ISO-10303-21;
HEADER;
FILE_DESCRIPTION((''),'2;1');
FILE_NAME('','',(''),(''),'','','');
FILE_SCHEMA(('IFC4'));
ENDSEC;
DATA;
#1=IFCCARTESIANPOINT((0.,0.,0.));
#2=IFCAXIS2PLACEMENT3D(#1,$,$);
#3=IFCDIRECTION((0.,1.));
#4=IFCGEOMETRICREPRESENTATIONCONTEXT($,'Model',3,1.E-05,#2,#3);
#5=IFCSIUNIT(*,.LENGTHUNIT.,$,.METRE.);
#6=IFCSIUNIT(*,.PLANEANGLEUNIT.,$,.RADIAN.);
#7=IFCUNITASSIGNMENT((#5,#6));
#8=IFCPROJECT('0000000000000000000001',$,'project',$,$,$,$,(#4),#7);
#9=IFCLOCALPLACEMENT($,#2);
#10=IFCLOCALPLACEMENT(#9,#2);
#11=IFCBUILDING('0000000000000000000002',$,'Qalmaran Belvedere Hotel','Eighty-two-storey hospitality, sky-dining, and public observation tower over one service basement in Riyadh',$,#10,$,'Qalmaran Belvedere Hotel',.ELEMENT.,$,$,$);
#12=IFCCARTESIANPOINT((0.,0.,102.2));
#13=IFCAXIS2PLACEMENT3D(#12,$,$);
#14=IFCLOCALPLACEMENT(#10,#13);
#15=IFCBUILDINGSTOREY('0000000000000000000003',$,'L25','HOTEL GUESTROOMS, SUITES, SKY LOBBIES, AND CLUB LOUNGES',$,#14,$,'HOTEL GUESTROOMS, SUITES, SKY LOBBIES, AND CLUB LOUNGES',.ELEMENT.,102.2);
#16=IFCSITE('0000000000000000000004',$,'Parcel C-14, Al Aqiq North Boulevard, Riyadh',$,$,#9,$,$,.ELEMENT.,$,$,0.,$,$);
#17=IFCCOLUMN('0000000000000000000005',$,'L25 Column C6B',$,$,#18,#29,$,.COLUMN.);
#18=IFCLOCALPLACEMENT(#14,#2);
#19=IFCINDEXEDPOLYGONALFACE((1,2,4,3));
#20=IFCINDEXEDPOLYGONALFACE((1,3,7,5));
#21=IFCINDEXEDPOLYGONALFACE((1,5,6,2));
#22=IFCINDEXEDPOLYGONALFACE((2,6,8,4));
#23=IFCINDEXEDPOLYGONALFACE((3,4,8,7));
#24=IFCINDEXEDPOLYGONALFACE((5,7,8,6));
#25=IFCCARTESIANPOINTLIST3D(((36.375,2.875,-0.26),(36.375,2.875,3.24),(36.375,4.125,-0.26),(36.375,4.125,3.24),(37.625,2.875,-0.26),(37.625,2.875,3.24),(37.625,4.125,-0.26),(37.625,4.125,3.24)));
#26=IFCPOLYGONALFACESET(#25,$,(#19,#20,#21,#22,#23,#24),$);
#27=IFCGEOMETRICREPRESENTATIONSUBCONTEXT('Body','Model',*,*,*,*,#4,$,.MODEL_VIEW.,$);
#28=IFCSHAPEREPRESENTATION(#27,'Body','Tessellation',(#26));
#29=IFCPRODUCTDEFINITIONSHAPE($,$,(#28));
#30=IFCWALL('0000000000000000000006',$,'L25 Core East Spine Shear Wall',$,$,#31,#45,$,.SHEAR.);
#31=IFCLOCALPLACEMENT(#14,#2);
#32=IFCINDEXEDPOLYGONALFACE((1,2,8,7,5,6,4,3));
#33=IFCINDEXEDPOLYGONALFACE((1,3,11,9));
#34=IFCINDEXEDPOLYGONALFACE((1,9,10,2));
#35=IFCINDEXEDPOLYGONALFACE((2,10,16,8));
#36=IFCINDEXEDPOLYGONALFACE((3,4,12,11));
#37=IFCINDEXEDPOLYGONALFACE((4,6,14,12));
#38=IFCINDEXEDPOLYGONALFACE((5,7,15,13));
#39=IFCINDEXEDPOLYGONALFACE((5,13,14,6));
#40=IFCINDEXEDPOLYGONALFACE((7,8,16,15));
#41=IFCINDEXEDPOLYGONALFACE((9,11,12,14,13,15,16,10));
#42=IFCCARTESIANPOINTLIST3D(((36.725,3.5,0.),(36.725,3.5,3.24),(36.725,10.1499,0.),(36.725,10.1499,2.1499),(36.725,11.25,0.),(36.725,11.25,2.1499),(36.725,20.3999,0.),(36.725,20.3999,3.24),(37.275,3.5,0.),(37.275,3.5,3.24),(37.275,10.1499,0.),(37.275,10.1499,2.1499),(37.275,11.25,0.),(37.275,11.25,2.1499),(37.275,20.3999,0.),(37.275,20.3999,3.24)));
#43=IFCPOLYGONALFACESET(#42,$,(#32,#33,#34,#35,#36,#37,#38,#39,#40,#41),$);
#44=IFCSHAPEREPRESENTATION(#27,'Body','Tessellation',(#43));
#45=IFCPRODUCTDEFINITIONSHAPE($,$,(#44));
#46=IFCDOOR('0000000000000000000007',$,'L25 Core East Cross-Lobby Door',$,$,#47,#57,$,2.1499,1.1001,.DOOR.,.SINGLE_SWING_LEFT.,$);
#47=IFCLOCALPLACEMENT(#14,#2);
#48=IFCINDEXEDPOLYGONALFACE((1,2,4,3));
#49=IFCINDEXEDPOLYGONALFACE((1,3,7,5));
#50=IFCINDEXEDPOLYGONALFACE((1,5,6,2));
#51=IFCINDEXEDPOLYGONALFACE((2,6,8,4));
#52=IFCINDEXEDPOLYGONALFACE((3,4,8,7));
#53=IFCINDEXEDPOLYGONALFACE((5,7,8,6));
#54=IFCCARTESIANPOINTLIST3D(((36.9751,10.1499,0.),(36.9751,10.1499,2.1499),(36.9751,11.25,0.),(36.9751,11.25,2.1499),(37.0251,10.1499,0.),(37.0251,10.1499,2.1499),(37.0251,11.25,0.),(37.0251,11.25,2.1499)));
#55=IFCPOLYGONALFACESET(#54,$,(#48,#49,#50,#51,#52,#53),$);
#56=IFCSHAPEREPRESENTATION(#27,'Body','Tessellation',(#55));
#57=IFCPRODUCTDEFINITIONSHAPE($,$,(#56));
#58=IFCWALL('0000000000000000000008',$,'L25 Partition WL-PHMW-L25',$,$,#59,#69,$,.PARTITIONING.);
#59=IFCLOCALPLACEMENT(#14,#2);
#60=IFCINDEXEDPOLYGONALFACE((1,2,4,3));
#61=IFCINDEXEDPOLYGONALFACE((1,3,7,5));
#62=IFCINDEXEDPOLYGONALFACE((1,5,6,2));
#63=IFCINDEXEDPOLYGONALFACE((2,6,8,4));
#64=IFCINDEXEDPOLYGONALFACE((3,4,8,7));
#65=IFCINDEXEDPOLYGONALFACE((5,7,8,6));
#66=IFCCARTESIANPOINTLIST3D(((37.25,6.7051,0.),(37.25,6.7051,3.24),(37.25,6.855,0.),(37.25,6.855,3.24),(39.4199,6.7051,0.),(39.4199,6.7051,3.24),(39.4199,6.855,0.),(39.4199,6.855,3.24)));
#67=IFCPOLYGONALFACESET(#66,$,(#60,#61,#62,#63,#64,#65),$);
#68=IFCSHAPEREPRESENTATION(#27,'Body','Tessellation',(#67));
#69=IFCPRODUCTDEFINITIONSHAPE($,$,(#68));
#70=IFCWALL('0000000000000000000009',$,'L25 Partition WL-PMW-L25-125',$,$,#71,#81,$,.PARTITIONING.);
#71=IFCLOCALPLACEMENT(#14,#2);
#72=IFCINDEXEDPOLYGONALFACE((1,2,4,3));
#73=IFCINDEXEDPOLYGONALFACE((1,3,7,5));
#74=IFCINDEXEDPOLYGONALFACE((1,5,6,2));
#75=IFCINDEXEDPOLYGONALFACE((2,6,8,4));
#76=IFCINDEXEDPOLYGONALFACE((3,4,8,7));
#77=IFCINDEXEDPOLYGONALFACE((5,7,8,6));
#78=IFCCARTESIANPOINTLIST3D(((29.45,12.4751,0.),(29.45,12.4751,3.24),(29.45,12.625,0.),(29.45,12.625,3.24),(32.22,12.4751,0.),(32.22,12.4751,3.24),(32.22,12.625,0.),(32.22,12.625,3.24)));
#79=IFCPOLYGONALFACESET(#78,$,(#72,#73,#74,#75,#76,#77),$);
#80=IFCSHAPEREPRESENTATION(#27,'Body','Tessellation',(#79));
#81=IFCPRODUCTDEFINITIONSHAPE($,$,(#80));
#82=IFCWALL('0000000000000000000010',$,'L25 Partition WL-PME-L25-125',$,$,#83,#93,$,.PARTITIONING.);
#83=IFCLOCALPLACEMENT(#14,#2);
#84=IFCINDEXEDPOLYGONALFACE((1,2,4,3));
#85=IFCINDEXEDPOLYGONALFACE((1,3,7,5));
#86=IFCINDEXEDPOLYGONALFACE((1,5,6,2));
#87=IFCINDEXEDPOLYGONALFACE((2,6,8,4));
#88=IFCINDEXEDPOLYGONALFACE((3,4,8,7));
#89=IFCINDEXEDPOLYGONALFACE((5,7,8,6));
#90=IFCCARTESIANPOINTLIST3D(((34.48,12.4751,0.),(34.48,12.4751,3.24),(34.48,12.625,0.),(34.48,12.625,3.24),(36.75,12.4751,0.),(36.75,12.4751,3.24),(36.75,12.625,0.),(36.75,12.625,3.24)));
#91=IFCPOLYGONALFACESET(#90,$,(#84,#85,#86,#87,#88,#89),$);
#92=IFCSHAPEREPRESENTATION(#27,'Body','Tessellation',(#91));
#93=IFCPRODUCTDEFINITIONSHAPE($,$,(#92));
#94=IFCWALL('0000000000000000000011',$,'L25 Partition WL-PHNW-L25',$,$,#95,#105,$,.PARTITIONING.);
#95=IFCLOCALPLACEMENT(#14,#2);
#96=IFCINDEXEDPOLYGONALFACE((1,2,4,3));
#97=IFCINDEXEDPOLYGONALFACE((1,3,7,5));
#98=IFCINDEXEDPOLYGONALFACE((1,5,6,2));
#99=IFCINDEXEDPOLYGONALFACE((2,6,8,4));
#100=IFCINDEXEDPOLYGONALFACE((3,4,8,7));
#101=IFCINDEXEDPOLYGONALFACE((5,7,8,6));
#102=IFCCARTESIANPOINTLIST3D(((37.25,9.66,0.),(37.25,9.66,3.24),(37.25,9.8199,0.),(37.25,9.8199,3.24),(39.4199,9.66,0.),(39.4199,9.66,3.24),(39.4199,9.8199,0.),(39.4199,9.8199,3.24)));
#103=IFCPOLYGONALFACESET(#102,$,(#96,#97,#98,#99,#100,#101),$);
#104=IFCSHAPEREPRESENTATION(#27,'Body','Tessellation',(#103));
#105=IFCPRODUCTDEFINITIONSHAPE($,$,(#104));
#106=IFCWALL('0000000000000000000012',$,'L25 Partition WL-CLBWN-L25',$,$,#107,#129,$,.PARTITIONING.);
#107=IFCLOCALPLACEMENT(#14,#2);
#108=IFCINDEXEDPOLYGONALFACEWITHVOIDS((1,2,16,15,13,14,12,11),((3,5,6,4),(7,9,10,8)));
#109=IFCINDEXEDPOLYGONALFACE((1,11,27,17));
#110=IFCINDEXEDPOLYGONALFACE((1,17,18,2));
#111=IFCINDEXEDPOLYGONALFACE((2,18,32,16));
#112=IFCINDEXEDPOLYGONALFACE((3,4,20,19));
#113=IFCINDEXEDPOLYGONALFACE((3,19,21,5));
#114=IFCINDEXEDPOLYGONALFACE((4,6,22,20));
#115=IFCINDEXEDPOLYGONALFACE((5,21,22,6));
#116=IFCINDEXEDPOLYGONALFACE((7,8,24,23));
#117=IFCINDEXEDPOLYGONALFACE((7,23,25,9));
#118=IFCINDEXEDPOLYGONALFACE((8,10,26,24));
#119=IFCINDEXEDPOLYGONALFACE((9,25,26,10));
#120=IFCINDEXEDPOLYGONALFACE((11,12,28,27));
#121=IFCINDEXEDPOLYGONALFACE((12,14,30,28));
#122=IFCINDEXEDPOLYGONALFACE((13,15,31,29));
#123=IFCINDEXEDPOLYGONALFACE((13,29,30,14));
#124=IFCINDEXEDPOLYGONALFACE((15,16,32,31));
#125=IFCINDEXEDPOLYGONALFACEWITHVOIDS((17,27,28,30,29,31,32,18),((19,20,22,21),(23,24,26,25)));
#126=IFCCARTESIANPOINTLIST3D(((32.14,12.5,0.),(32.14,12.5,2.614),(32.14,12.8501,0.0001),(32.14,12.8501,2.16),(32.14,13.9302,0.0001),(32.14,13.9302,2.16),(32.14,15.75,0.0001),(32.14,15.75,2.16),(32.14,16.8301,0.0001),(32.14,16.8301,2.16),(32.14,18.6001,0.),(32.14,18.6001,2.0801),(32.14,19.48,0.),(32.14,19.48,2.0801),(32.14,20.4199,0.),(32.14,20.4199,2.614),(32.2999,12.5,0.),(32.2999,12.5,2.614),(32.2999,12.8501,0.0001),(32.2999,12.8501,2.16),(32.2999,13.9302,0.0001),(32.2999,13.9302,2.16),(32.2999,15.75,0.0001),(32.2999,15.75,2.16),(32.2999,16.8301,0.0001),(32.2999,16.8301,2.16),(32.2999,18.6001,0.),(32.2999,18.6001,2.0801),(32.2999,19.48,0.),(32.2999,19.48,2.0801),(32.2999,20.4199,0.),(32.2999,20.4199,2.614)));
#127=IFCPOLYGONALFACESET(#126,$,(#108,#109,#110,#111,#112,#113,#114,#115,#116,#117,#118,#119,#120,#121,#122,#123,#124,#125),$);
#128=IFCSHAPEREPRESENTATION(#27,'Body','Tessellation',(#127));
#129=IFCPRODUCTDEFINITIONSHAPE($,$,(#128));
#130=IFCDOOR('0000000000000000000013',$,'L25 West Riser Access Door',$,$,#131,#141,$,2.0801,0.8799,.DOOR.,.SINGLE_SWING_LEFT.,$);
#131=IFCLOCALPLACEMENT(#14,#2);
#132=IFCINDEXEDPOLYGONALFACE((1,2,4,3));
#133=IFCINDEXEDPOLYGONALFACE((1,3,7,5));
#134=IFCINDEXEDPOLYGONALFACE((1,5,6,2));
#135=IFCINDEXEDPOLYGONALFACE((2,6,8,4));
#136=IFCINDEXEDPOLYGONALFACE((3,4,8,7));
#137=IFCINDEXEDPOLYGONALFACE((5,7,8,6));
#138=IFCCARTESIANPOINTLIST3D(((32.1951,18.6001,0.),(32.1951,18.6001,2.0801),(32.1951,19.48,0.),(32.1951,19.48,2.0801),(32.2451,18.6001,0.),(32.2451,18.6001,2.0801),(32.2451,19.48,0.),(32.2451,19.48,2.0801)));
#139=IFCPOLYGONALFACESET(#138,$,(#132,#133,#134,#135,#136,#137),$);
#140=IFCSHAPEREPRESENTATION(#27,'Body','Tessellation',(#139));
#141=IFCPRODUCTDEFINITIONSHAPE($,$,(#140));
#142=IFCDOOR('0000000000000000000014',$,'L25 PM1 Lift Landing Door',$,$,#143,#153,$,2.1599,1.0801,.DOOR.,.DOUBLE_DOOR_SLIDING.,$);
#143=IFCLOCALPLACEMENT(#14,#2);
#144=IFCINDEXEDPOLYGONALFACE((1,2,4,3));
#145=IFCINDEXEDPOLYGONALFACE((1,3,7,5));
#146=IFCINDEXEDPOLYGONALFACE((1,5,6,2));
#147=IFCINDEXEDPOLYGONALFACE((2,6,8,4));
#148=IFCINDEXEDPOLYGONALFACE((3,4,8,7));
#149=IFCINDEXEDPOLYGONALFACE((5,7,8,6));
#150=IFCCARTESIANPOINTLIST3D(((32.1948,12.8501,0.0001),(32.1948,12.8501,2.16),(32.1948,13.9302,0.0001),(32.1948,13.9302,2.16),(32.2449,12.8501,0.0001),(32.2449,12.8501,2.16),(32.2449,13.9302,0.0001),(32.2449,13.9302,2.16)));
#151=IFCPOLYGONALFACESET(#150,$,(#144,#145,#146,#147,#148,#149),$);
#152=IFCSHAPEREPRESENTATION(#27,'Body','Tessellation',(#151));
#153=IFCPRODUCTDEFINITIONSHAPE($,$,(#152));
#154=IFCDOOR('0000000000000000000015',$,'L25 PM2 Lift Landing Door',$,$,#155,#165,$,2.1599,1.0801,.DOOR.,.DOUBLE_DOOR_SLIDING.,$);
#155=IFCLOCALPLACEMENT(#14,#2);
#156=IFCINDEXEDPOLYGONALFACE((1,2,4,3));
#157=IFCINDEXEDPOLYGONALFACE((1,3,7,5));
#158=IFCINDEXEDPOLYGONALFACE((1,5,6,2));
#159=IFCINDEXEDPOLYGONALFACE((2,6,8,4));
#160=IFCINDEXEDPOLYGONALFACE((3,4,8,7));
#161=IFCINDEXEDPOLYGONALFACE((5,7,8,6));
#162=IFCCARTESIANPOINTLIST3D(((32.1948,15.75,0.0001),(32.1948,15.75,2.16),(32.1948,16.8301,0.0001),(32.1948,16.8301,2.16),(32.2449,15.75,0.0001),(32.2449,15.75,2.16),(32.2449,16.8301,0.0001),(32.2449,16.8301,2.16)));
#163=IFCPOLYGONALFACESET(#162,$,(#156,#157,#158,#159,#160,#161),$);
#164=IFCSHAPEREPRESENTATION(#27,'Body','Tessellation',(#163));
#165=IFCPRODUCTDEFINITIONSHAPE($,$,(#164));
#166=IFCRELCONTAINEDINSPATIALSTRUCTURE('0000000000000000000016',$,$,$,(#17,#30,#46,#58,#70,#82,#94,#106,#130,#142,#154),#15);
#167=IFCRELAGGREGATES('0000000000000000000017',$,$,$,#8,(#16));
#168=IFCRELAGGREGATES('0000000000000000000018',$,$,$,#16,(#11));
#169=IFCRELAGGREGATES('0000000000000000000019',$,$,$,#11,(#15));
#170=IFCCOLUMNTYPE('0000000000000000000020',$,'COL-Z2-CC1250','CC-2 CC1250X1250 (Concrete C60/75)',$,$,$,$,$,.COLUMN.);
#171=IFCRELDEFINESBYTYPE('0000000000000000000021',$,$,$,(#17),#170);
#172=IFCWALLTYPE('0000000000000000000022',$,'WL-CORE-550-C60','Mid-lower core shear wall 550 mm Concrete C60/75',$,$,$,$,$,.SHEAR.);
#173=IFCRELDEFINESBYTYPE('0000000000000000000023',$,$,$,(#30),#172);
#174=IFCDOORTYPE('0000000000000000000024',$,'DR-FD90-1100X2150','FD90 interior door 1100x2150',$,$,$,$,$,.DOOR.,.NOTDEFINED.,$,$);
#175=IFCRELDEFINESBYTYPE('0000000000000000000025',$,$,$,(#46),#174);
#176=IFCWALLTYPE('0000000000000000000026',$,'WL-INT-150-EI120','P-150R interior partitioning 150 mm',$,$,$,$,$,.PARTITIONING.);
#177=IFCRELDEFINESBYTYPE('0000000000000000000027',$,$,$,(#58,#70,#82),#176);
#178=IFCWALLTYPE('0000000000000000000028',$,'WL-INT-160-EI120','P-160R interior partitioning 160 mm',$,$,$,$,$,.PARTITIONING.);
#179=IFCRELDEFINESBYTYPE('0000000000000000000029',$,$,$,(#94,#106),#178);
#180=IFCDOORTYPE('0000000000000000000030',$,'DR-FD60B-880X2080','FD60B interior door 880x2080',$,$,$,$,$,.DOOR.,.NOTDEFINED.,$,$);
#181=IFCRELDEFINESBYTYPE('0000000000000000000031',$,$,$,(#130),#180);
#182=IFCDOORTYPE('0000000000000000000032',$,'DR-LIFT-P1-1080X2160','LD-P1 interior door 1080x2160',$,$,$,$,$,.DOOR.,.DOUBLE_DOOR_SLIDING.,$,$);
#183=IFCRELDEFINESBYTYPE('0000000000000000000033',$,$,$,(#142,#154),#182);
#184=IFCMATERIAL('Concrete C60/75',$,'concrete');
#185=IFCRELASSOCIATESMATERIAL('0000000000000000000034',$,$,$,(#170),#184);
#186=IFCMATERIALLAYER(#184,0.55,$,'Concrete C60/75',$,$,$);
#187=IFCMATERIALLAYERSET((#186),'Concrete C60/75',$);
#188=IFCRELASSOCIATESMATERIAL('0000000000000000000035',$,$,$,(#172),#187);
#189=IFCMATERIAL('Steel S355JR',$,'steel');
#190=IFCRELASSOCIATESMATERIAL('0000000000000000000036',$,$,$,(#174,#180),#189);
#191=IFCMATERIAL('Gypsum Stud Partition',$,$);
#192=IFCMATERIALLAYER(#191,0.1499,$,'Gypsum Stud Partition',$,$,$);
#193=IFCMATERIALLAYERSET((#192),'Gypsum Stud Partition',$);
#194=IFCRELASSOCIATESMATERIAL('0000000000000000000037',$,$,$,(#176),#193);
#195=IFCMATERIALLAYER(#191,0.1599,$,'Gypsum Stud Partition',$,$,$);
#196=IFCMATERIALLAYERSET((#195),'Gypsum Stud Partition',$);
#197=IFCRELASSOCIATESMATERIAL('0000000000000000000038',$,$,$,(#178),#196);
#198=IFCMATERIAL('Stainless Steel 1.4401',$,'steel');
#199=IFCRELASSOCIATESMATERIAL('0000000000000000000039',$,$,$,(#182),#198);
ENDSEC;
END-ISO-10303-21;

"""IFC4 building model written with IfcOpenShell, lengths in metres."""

from ifc_helpers import new_model, si_unit, direction, frame, frame_2d, origin, origin_2d, place, context, subcontext, project, spatial, rectangle, extrude, material, layer, layer_set, material_profile, profile_set, type_object, element, fill, save


model = new_model("IFC4")

# Units and contexts
model_context = context("Model", 3, precision=1e-05, world=origin(), true_north=direction((0.0, 1.0)))
body_context = subcontext(model_context, "Body", "Model", "MODEL_VIEW")
ifc_project = project(units=[si_unit("LENGTHUNIT", "METRE"), si_unit("PLANEANGLEUNIT", "RADIAN")], contexts=[model_context])

# Site, building, storey
site_placement = place(None, origin())
site = spatial("IfcSite", under=ifc_project, at=site_placement, Name="Parcel C-14, Al Aqiq North Boulevard, Riyadh", CompositionType="ELEMENT", RefElevation=0.0)
building_placement = place(site_placement, origin())
building = spatial("IfcBuilding", under=site, at=building_placement, Name="Qalmaran Belvedere Hotel", Description="Eighty-two-storey hospitality, sky-dining, and public observation tower over one service basement in Riyadh", LongName="Qalmaran Belvedere Hotel", CompositionType="ELEMENT")
storey_placement = place(building_placement, frame((0.0, 0.0, 102.2)))
storey = spatial("IfcBuildingStorey", under=building, at=storey_placement, Name="L25", Description="HOTEL GUESTROOMS, SUITES, SKY LOBBIES, AND CLUB LOUNGES", LongName="HOTEL GUESTROOMS, SUITES, SKY LOBBIES, AND CLUB LOUNGES", CompositionType="ELEMENT", Elevation=102.2)

# Column
ifc_material_1 = material(Name="Concrete C60/75", Category="concrete")
ifc_material_profile = material_profile(ifc_material_1, rectangle(XDim=1.25, YDim=1.25, at=origin_2d()), Name="CC1250X1250")
ifc_profile_set = profile_set([ifc_material_profile], Name="Concrete C60/75")
column_type = type_object("IfcColumnType", Name="COL-Z2-CC1250", Description="CC-2 CC1250X1250 (Concrete C60/75)", PredefinedType="COLUMN", material=ifc_profile_set)
column_placement = place(storey_placement, frame((37.0, 3.5, -0.26), z_axis=(0.0, 0.0, 1.0), x_axis=(1.0, 0.0, 0.0)))
element("IfcColumn", 1, at=column_placement, inside=storey, type_object=column_type, Name="L25 Column C6B", PredefinedType="COLUMN", context=body_context, shape_type="SweptSolid", body=[
    extrude(rectangle(XDim=1.25, YDim=1.25, at=origin_2d()), origin(), (0.0, 0.0, 1.0), 3.5),
])

# Wall, opening, door
ifc_layer_1 = layer(ifc_material_1, 0.55, Name="Concrete C60/75")
ifc_layer_set_1 = layer_set([ifc_layer_1], Name="Concrete C60/75")
wall_type_1 = type_object("IfcWallType", Name="WL-CORE-550-C60", Description="Mid-lower core shear wall 550 mm Concrete C60/75", PredefinedType="SHEAR", material=ifc_layer_set_1)
wall_1_placement = place(storey_placement, frame((37.0, 3.5, 0.0), z_axis=(0.0, 0.0, 1.0), x_axis=(0.0, 1.0, 0.0)))
wall_1 = element("IfcWall", 2, at=wall_1_placement, inside=storey, type_object=wall_type_1, Name="L25 Core East Spine Shear Wall", PredefinedType="SHEAR", context=body_context, shape_type="SweptSolid", body=[
    extrude(rectangle(XDim=16.8999, YDim=0.55, at=frame_2d((8.45, 0.0))), origin(), (0.0, 0.0, 1.0), 3.24),
])
opening_1_placement = place(wall_1_placement, frame((6.6499, 0.0, 0.0)))
opening_1 = element("IfcOpeningElement", 3, at=opening_1_placement, cuts=wall_1, PredefinedType="OPENING", context=body_context, shape_type="SweptSolid", body=[
    extrude(rectangle(XDim=1.1001, YDim=2.1499, at=frame_2d((0.55, 1.075))), frame((0.0, 0.2852, 0.0), z_axis=(0.0, -1.0, 0.0), x_axis=(1.0, 0.0, 0.0)), (0.0, 0.0, 1.0), 0.5701),
])
ifc_material_2 = material(Name="Steel S355JR", Category="steel")
door_type_1 = type_object("IfcDoorType", Name="DR-FD90-1100X2150", Description="FD90 interior door 1100x2150", OperationType="NOTDEFINED", PredefinedType="DOOR", material=ifc_material_2)
door_1_placement = place(opening_1_placement, origin())
door_1 = element("IfcDoor", 4, at=door_1_placement, inside=storey, type_object=door_type_1, Name="L25 Core East Cross-Lobby Door", OperationType="SINGLE_SWING_LEFT", OverallHeight=2.1499, OverallWidth=1.1001, PredefinedType="DOOR", context=body_context, shape_type="SweptSolid", body=[
    extrude(rectangle(XDim=1.1001, YDim=2.1499, at=frame_2d((0.55, 1.075))), frame((0.0, 0.0249, 0.0), z_axis=(0.0, -1.0, 0.0), x_axis=(1.0, 0.0, 0.0)), (0.0, 0.0, 1.0), 0.05),
])
fill(opening_1, door_1)

# Walls
ifc_material_3 = material(Name="Gypsum Stud Partition")
ifc_layer_2 = layer(ifc_material_3, 0.1499, Name="Gypsum Stud Partition")
ifc_layer_set_2 = layer_set([ifc_layer_2], Name="Gypsum Stud Partition")
wall_type_2 = type_object("IfcWallType", Name="WL-INT-150-EI120", Description="P-150R interior partitioning 150 mm", PredefinedType="PARTITIONING", material=ifc_layer_set_2)
wall_2_placement = place(storey_placement, frame((37.25, 6.78, 0.0), z_axis=(0.0, 0.0, 1.0), x_axis=(1.0, 0.0, 0.0)))
element("IfcWall", 5, at=wall_2_placement, inside=storey, type_object=wall_type_2, Name="L25 Partition WL-PHMW-L25", PredefinedType="PARTITIONING", context=body_context, shape_type="SweptSolid", body=[
    extrude(rectangle(XDim=2.1699, YDim=0.1499, at=frame_2d((1.085, 0.0))), origin(), (0.0, 0.0, 1.0), 3.24),
])
wall_3_placement = place(storey_placement, frame((29.45, 12.55, 0.0), z_axis=(0.0, 0.0, 1.0), x_axis=(1.0, 0.0, 0.0)))
element("IfcWall", 6, at=wall_3_placement, inside=storey, type_object=wall_type_2, Name="L25 Partition WL-PMW-L25-125", PredefinedType="PARTITIONING", context=body_context, shape_type="SweptSolid", body=[
    extrude(rectangle(XDim=2.77, YDim=0.1499, at=frame_2d((1.385, 0.0))), origin(), (0.0, 0.0, 1.0), 3.24),
])
wall_4_placement = place(storey_placement, frame((34.48, 12.55, 0.0), z_axis=(0.0, 0.0, 1.0), x_axis=(1.0, 0.0, 0.0)))
element("IfcWall", 7, at=wall_4_placement, inside=storey, type_object=wall_type_2, Name="L25 Partition WL-PME-L25-125", PredefinedType="PARTITIONING", context=body_context, shape_type="SweptSolid", body=[
    extrude(rectangle(XDim=2.27, YDim=0.1499, at=frame_2d((1.135, 0.0))), origin(), (0.0, 0.0, 1.0), 3.24),
])
ifc_layer_3 = layer(ifc_material_3, 0.1599, Name="Gypsum Stud Partition")
ifc_layer_set_3 = layer_set([ifc_layer_3], Name="Gypsum Stud Partition")
wall_type_3 = type_object("IfcWallType", Name="WL-INT-160-EI120", Description="P-160R interior partitioning 160 mm", PredefinedType="PARTITIONING", material=ifc_layer_set_3)
wall_5_placement = place(storey_placement, frame((37.25, 9.74, 0.0), z_axis=(0.0, 0.0, 1.0), x_axis=(1.0, 0.0, 0.0)))
element("IfcWall", 8, at=wall_5_placement, inside=storey, type_object=wall_type_3, Name="L25 Partition WL-PHNW-L25", PredefinedType="PARTITIONING", context=body_context, shape_type="SweptSolid", body=[
    extrude(rectangle(XDim=2.1699, YDim=0.1599, at=frame_2d((1.085, 0.0))), origin(), (0.0, 0.0, 1.0), 3.24),
])

# Wall, openings, doors
wall_6_placement = place(storey_placement, frame((32.22, 12.5, 0.0), z_axis=(0.0, 0.0, 1.0), x_axis=(0.0, 1.0, 0.0)))
wall_6 = element("IfcWall", 9, at=wall_6_placement, inside=storey, type_object=wall_type_3, Name="L25 Partition WL-CLBWN-L25", PredefinedType="PARTITIONING", context=body_context, shape_type="SweptSolid", body=[
    extrude(rectangle(XDim=7.9199, YDim=0.1599, at=frame_2d((3.96, 0.0))), origin(), (0.0, 0.0, 1.0), 2.614),
])
opening_2_placement = place(wall_6_placement, frame((1.4302, 0.0, 0.0), z_axis=(0.0, 0.0, 1.0), x_axis=(-1.0, 0.0, 0.0)))
opening_2 = element("IfcOpeningElement", 10, at=opening_2_placement, cuts=wall_6, PredefinedType="OPENING", context=body_context, shape_type="SweptSolid", body=[
    extrude(rectangle(XDim=1.0801, YDim=2.1599, at=frame_2d((0.54, 1.0801))), frame((0.0, 0.0898, 0.0), z_axis=(0.0, -1.0, 0.0), x_axis=(1.0, 0.0, 0.0)), (0.0, 0.0, 1.0), 0.1799),
])
opening_3_placement = place(wall_6_placement, frame((4.3301, 0.0, 0.0), z_axis=(0.0, 0.0, 1.0), x_axis=(-1.0, 0.0, 0.0)))
opening_3 = element("IfcOpeningElement", 11, at=opening_3_placement, cuts=wall_6, PredefinedType="OPENING", context=body_context, shape_type="SweptSolid", body=[
    extrude(rectangle(XDim=1.0801, YDim=2.1599, at=frame_2d((0.54, 1.0801))), frame((0.0, 0.0898, 0.0), z_axis=(0.0, -1.0, 0.0), x_axis=(1.0, 0.0, 0.0)), (0.0, 0.0, 1.0), 0.1799),
])
opening_4_placement = place(wall_6_placement, frame((6.1001, 0.0, 0.0)))
opening_4 = element("IfcOpeningElement", 12, at=opening_4_placement, cuts=wall_6, PredefinedType="OPENING", context=body_context, shape_type="SweptSolid", body=[
    extrude(rectangle(XDim=0.8799, YDim=2.0801, at=frame_2d((0.4399, 1.04))), frame((0.0, 0.0898, 0.0), z_axis=(0.0, -1.0, 0.0), x_axis=(1.0, 0.0, 0.0)), (0.0, 0.0, 1.0), 0.1799),
])
door_type_2 = type_object("IfcDoorType", Name="DR-FD60B-880X2080", Description="FD60B interior door 880x2080", OperationType="NOTDEFINED", PredefinedType="DOOR", material=ifc_material_2)
door_2_placement = place(opening_4_placement, origin())
door_2 = element("IfcDoor", 13, at=door_2_placement, inside=storey, type_object=door_type_2, Name="L25 West Riser Access Door", OperationType="SINGLE_SWING_LEFT", OverallHeight=2.0801, OverallWidth=0.8799, PredefinedType="DOOR", context=body_context, shape_type="SweptSolid", body=[
    extrude(rectangle(XDim=0.8799, YDim=2.0801, at=frame_2d((0.4399, 1.04))), frame((0.0, 0.0249, 0.0), z_axis=(0.0, -1.0, 0.0), x_axis=(1.0, 0.0, 0.0)), (0.0, 0.0, 1.0), 0.05),
])
fill(opening_4, door_2)
ifc_material_4 = material(Name="Stainless Steel 1.4401", Category="steel")
door_type_3 = type_object("IfcDoorType", Name="DR-LIFT-P1-1080X2160", Description="LD-P1 interior door 1080x2160", OperationType="DOUBLE_DOOR_SLIDING", PredefinedType="DOOR", material=ifc_material_4)
door_3_placement = place(opening_2_placement, origin())
door_3 = element("IfcDoor", 14, at=door_3_placement, inside=storey, type_object=door_type_3, Name="L25 PM1 Lift Landing Door", OperationType="DOUBLE_DOOR_SLIDING", OverallHeight=2.1599, OverallWidth=1.0801, PredefinedType="DOOR", context=body_context, shape_type="SweptSolid", body=[
    extrude(rectangle(XDim=1.0801, YDim=2.1599, at=frame_2d((0.54, 1.0801))), frame((0.0, 0.0249, 0.0), z_axis=(0.0, -1.0, 0.0), x_axis=(1.0, 0.0, 0.0)), (0.0, 0.0, 1.0), 0.05),
])
fill(opening_2, door_3)
door_4_placement = place(opening_3_placement, origin())
door_4 = element("IfcDoor", 15, at=door_4_placement, inside=storey, type_object=door_type_3, Name="L25 PM2 Lift Landing Door", OperationType="DOUBLE_DOOR_SLIDING", OverallHeight=2.1599, OverallWidth=1.0801, PredefinedType="DOOR", context=body_context, shape_type="SweptSolid", body=[
    extrude(rectangle(XDim=1.0801, YDim=2.1599, at=frame_2d((0.54, 1.0801))), frame((0.0, 0.0249, 0.0), z_axis=(0.0, -1.0, 0.0), x_axis=(1.0, 0.0, 0.0)), (0.0, 0.0, 1.0), 0.05),
])
fill(opening_3, door_4)

save(model, "model.ifc")
